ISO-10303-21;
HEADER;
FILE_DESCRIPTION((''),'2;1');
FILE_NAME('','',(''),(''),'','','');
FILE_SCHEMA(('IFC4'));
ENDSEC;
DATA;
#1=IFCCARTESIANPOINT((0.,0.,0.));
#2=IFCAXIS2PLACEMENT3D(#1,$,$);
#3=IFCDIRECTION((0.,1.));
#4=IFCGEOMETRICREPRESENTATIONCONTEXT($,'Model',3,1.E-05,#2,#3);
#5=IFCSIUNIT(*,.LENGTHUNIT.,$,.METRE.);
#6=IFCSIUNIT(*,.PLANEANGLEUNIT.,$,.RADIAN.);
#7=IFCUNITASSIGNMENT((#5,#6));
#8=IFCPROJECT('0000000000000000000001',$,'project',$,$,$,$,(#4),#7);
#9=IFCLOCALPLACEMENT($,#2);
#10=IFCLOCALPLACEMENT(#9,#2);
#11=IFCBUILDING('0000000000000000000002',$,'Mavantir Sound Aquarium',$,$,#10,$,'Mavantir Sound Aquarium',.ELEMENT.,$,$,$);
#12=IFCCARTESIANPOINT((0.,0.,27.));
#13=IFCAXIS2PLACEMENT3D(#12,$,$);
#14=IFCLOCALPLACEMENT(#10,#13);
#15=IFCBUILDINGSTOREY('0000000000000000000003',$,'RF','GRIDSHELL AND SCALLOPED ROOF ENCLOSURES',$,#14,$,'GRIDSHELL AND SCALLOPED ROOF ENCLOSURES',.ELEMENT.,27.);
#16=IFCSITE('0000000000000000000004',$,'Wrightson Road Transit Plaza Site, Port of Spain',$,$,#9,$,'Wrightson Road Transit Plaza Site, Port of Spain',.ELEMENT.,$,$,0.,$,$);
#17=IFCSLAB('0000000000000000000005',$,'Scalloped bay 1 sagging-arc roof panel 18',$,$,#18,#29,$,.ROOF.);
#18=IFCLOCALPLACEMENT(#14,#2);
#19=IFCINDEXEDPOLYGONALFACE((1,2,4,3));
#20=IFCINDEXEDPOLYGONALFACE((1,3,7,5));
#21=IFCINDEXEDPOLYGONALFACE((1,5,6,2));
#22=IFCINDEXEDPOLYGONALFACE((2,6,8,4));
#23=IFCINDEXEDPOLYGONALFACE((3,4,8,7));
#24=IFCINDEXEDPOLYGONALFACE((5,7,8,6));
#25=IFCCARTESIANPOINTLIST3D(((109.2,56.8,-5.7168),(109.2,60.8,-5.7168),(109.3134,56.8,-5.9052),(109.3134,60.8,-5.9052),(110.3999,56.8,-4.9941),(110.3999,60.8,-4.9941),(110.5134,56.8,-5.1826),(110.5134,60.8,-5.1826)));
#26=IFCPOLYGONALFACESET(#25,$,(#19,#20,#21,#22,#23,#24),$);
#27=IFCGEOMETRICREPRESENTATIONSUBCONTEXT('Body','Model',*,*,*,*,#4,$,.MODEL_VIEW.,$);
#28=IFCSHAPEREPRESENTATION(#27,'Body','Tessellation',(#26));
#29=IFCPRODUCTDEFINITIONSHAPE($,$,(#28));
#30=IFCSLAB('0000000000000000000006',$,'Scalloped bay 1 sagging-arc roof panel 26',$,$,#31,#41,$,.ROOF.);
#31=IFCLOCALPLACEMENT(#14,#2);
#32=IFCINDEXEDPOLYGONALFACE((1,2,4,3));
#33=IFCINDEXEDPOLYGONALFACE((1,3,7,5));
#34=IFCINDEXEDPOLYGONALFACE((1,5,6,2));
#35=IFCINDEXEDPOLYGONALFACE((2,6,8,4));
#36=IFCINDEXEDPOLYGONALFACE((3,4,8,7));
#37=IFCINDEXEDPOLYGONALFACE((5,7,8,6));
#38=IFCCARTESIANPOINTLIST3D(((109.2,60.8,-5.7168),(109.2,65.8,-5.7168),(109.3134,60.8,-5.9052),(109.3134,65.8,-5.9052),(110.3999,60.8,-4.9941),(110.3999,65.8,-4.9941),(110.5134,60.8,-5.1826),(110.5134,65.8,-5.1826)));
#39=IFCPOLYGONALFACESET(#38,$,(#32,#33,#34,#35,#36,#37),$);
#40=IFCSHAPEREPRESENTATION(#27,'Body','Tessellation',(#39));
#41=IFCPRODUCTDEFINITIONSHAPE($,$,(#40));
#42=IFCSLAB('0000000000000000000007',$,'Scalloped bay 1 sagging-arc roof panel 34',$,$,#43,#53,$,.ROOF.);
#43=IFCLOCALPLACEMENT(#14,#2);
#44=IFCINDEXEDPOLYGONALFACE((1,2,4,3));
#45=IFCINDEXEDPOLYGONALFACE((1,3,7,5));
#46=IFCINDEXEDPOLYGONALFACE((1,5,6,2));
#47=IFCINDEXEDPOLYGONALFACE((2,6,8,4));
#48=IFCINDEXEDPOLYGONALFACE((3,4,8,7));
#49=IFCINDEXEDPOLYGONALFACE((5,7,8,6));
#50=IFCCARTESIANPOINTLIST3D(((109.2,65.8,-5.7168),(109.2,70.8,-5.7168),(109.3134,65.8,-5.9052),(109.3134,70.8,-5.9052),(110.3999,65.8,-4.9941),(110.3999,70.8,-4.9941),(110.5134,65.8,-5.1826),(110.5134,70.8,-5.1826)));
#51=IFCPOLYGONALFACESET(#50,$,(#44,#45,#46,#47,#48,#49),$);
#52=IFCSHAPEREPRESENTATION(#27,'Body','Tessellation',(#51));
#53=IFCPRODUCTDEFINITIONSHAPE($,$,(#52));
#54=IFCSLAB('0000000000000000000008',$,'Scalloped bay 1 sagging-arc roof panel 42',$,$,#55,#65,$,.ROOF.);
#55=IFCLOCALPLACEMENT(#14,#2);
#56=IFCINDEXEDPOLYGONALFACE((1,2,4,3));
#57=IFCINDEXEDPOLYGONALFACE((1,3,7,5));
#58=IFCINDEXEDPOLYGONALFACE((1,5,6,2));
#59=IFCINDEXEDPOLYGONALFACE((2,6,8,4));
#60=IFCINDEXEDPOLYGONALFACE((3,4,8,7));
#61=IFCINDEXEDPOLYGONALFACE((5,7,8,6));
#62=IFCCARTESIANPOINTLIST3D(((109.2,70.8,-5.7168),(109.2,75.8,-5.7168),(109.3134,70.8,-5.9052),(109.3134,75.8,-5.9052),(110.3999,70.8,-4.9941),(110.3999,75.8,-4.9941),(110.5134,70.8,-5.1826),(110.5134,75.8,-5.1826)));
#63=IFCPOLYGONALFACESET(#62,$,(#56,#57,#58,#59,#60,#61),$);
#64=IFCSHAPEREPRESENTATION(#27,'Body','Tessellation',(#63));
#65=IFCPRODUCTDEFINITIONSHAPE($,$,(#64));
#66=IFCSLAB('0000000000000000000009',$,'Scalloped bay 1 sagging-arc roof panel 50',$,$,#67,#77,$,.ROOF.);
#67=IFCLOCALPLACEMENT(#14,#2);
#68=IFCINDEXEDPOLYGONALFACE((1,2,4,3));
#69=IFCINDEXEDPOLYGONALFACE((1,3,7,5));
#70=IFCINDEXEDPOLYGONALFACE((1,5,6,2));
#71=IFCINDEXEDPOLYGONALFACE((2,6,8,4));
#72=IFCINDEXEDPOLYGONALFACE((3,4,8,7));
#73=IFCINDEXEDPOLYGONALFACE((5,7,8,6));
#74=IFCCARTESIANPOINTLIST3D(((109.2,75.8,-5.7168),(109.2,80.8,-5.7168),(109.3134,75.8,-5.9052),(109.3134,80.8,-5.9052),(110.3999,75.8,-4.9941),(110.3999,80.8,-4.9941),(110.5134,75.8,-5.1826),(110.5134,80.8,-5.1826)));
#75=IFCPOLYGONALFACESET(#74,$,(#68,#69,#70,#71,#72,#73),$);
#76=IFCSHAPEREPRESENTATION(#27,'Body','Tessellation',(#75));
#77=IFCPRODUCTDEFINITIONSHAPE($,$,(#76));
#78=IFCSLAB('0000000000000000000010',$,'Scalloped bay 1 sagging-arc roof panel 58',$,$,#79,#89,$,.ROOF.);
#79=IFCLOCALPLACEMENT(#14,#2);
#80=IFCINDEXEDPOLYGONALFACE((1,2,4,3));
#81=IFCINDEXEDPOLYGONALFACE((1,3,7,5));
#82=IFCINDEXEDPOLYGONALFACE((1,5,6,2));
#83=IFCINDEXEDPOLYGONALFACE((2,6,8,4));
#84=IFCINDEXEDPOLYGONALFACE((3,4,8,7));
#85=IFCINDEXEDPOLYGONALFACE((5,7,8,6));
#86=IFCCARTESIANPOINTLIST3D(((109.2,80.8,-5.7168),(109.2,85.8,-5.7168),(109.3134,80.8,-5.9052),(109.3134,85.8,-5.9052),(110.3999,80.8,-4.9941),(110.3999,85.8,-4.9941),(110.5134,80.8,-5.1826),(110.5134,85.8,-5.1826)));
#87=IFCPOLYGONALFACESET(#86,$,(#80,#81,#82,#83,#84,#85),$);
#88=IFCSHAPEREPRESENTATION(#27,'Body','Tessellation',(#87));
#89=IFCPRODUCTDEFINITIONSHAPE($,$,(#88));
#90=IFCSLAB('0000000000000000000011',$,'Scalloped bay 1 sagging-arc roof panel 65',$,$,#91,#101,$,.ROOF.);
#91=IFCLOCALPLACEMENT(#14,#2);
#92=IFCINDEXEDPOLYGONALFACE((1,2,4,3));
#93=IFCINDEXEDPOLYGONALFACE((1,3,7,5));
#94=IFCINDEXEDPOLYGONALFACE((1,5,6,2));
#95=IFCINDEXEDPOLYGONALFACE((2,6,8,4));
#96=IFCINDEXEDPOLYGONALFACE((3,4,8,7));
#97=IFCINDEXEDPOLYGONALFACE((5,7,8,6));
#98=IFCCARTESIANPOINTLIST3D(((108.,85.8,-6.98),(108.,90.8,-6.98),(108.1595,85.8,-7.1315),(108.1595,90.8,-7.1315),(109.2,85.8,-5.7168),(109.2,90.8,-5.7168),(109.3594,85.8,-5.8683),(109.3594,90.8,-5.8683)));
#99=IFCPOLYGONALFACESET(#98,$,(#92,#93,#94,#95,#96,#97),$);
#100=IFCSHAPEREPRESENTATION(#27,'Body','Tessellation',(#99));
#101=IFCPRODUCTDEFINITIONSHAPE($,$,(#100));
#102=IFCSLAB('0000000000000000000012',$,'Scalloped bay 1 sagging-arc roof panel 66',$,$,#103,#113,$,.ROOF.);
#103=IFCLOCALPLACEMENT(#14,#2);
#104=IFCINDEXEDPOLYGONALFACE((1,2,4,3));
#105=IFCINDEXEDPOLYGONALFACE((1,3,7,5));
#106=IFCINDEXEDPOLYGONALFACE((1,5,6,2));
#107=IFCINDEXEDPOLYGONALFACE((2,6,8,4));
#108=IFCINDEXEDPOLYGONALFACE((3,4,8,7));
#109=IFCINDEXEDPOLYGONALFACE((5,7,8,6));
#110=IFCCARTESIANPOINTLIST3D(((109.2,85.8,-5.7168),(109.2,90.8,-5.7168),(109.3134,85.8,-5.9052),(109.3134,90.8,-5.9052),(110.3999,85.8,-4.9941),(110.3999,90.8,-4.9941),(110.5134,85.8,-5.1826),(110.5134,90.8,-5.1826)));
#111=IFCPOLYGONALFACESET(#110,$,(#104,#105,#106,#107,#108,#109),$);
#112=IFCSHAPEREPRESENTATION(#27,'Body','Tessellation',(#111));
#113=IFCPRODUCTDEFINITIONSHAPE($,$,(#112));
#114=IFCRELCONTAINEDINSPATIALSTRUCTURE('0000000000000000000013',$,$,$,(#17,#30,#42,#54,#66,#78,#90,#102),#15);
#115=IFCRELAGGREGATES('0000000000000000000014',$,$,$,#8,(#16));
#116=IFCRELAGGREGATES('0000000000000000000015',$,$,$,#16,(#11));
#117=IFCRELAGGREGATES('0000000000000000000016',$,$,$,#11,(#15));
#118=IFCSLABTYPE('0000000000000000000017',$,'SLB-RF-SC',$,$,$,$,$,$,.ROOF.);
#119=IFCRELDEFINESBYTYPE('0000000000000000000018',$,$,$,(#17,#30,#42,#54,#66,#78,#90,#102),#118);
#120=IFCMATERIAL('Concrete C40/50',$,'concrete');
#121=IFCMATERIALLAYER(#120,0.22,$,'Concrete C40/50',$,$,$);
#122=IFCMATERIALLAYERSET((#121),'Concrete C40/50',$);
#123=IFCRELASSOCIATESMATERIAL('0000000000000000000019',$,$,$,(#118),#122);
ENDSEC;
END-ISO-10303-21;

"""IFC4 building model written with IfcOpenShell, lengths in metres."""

from ifc_helpers import new_model, si_unit, direction, frame, origin, place, context, subcontext, project, spatial, polyline, outline, extrude, material, layer, layer_set, type_object, element, save


model = new_model("IFC4")

# Units and contexts
model_context = context("Model", 3, precision=1e-05, world=origin(), true_north=direction((0.0, 1.0)))
body_context = subcontext(model_context, "Body", "Model", "MODEL_VIEW")
ifc_project = project(units=[si_unit("LENGTHUNIT", "METRE"), si_unit("PLANEANGLEUNIT", "RADIAN")], contexts=[model_context])

# Site, building, storey
site_placement = place(None, origin())
site = spatial("IfcSite", under=ifc_project, at=site_placement, Name="Wrightson Road Transit Plaza Site, Port of Spain", LongName="Wrightson Road Transit Plaza Site, Port of Spain", CompositionType="ELEMENT", RefElevation=0.0)
building_placement = place(site_placement, origin())
building = spatial("IfcBuilding", under=site, at=building_placement, Name="Mavantir Sound Aquarium", LongName="Mavantir Sound Aquarium", CompositionType="ELEMENT")
storey_placement = place(building_placement, frame((0.0, 0.0, 27.0)))
storey = spatial("IfcBuildingStorey", under=building, at=storey_placement, Name="RF", Description="GRIDSHELL AND SCALLOPED ROOF ENCLOSURES", LongName="GRIDSHELL AND SCALLOPED ROOF ENCLOSURES", CompositionType="ELEMENT", Elevation=27.0)

# Shared definitions
ifc_material_1 = material(Name="Concrete C40/50", Category="concrete")

# Slabs
ifc_layer_1 = layer(ifc_material_1, 0.22, Name="Concrete C40/50")
ifc_layer_set_1 = layer_set([ifc_layer_1], Name="Concrete C40/50")
slab_type = type_object("IfcSlabType", Name="SLB-RF-SC", PredefinedType="ROOF", material=ifc_layer_set_1)
slab_1_placement = place(storey_placement, frame((109.2, 56.8, -5.7168), z_axis=(-0.515905, 0.0, 0.856646), x_axis=(0.856646, 0.0, 0.515905)))
element("IfcSlab", 1, at=slab_1_placement, inside=storey, type_object=slab_type, Name="Scalloped bay 1 sagging-arc roof panel 18", PredefinedType="ROOF", context=body_context, shape_type="SweptSolid", body=[
    extrude(outline(polyline([(0.0, 0.0), (1.4008, 0.0), (1.4008, 4.0), (0.0, 4.0), (0.0, 0.0)])), origin(), (0.0, 0.0, -1.0), 0.22),
])
for number, where, z_axis, x_axis, name in (
    (2, (109.2, 60.8, -5.7168), (-0.515905, 0.0, 0.856646), (0.856646, 0.0, 0.515905), "Scalloped bay 1 sagging-arc roof panel 26"),
    (3, (109.2, 65.8, -5.7168), (-0.515905, 0.0, 0.856646), (0.856646, 0.0, 0.515905), "Scalloped bay 1 sagging-arc roof panel 34"),
    (4, (109.2, 70.8, -5.7168), (-0.515905, 0.0, 0.856646), (0.856646, 0.0, 0.515905), "Scalloped bay 1 sagging-arc roof panel 42"),
    (5, (109.2, 75.8, -5.7168), (-0.515905, 0.0, 0.856646), (0.856646, 0.0, 0.515905), "Scalloped bay 1 sagging-arc roof panel 50"),
    (6, (109.2, 80.8, -5.7168), (-0.515905, 0.0, 0.856646), (0.856646, 0.0, 0.515905), "Scalloped bay 1 sagging-arc roof panel 58"),
):
    element("IfcSlab", number, at=place(storey_placement, frame(where, z_axis=z_axis, x_axis=x_axis)), inside=storey, type_object=slab_type, Name=name, PredefinedType="ROOF", context=body_context, shape_type="SweptSolid", body=[
        extrude(outline(polyline([(0.0, 0.0), (1.4008, 0.0), (1.4008, 5.0), (0.0, 5.0), (0.0, 0.0)])), origin(), (0.0, 0.0, -1.0), 0.22),
    ])
slab_2_placement = place(storey_placement, frame((108.0, 85.8, -6.98), z_axis=(-0.72502, 0.0, 0.688727), x_axis=(0.688727, 0.0, 0.72502)))
element("IfcSlab", 7, at=slab_2_placement, inside=storey, type_object=slab_type, Name="Scalloped bay 1 sagging-arc roof panel 65", PredefinedType="ROOF", context=body_context, shape_type="SweptSolid", body=[
    extrude(outline(polyline([(0.0, 0.0), (1.7423, 0.0), (1.7423, 5.0), (0.0, 5.0), (0.0, 0.0)])), origin(), (0.0, 0.0, -1.0), 0.22),
])
slab_3_placement = place(storey_placement, frame((109.2, 85.8, -5.7168), z_axis=(-0.515905, 0.0, 0.856646), x_axis=(0.856646, 0.0, 0.515905)))
element("IfcSlab", 8, at=slab_3_placement, inside=storey, type_object=slab_type, Name="Scalloped bay 1 sagging-arc roof panel 66", PredefinedType="ROOF", context=body_context, shape_type="SweptSolid", body=[
    extrude(outline(polyline([(0.0, 0.0), (1.4008, 0.0), (1.4008, 5.0), (0.0, 5.0), (0.0, 0.0)])), origin(), (0.0, 0.0, -1.0), 0.22),
])

save(model, "model.ifc")
